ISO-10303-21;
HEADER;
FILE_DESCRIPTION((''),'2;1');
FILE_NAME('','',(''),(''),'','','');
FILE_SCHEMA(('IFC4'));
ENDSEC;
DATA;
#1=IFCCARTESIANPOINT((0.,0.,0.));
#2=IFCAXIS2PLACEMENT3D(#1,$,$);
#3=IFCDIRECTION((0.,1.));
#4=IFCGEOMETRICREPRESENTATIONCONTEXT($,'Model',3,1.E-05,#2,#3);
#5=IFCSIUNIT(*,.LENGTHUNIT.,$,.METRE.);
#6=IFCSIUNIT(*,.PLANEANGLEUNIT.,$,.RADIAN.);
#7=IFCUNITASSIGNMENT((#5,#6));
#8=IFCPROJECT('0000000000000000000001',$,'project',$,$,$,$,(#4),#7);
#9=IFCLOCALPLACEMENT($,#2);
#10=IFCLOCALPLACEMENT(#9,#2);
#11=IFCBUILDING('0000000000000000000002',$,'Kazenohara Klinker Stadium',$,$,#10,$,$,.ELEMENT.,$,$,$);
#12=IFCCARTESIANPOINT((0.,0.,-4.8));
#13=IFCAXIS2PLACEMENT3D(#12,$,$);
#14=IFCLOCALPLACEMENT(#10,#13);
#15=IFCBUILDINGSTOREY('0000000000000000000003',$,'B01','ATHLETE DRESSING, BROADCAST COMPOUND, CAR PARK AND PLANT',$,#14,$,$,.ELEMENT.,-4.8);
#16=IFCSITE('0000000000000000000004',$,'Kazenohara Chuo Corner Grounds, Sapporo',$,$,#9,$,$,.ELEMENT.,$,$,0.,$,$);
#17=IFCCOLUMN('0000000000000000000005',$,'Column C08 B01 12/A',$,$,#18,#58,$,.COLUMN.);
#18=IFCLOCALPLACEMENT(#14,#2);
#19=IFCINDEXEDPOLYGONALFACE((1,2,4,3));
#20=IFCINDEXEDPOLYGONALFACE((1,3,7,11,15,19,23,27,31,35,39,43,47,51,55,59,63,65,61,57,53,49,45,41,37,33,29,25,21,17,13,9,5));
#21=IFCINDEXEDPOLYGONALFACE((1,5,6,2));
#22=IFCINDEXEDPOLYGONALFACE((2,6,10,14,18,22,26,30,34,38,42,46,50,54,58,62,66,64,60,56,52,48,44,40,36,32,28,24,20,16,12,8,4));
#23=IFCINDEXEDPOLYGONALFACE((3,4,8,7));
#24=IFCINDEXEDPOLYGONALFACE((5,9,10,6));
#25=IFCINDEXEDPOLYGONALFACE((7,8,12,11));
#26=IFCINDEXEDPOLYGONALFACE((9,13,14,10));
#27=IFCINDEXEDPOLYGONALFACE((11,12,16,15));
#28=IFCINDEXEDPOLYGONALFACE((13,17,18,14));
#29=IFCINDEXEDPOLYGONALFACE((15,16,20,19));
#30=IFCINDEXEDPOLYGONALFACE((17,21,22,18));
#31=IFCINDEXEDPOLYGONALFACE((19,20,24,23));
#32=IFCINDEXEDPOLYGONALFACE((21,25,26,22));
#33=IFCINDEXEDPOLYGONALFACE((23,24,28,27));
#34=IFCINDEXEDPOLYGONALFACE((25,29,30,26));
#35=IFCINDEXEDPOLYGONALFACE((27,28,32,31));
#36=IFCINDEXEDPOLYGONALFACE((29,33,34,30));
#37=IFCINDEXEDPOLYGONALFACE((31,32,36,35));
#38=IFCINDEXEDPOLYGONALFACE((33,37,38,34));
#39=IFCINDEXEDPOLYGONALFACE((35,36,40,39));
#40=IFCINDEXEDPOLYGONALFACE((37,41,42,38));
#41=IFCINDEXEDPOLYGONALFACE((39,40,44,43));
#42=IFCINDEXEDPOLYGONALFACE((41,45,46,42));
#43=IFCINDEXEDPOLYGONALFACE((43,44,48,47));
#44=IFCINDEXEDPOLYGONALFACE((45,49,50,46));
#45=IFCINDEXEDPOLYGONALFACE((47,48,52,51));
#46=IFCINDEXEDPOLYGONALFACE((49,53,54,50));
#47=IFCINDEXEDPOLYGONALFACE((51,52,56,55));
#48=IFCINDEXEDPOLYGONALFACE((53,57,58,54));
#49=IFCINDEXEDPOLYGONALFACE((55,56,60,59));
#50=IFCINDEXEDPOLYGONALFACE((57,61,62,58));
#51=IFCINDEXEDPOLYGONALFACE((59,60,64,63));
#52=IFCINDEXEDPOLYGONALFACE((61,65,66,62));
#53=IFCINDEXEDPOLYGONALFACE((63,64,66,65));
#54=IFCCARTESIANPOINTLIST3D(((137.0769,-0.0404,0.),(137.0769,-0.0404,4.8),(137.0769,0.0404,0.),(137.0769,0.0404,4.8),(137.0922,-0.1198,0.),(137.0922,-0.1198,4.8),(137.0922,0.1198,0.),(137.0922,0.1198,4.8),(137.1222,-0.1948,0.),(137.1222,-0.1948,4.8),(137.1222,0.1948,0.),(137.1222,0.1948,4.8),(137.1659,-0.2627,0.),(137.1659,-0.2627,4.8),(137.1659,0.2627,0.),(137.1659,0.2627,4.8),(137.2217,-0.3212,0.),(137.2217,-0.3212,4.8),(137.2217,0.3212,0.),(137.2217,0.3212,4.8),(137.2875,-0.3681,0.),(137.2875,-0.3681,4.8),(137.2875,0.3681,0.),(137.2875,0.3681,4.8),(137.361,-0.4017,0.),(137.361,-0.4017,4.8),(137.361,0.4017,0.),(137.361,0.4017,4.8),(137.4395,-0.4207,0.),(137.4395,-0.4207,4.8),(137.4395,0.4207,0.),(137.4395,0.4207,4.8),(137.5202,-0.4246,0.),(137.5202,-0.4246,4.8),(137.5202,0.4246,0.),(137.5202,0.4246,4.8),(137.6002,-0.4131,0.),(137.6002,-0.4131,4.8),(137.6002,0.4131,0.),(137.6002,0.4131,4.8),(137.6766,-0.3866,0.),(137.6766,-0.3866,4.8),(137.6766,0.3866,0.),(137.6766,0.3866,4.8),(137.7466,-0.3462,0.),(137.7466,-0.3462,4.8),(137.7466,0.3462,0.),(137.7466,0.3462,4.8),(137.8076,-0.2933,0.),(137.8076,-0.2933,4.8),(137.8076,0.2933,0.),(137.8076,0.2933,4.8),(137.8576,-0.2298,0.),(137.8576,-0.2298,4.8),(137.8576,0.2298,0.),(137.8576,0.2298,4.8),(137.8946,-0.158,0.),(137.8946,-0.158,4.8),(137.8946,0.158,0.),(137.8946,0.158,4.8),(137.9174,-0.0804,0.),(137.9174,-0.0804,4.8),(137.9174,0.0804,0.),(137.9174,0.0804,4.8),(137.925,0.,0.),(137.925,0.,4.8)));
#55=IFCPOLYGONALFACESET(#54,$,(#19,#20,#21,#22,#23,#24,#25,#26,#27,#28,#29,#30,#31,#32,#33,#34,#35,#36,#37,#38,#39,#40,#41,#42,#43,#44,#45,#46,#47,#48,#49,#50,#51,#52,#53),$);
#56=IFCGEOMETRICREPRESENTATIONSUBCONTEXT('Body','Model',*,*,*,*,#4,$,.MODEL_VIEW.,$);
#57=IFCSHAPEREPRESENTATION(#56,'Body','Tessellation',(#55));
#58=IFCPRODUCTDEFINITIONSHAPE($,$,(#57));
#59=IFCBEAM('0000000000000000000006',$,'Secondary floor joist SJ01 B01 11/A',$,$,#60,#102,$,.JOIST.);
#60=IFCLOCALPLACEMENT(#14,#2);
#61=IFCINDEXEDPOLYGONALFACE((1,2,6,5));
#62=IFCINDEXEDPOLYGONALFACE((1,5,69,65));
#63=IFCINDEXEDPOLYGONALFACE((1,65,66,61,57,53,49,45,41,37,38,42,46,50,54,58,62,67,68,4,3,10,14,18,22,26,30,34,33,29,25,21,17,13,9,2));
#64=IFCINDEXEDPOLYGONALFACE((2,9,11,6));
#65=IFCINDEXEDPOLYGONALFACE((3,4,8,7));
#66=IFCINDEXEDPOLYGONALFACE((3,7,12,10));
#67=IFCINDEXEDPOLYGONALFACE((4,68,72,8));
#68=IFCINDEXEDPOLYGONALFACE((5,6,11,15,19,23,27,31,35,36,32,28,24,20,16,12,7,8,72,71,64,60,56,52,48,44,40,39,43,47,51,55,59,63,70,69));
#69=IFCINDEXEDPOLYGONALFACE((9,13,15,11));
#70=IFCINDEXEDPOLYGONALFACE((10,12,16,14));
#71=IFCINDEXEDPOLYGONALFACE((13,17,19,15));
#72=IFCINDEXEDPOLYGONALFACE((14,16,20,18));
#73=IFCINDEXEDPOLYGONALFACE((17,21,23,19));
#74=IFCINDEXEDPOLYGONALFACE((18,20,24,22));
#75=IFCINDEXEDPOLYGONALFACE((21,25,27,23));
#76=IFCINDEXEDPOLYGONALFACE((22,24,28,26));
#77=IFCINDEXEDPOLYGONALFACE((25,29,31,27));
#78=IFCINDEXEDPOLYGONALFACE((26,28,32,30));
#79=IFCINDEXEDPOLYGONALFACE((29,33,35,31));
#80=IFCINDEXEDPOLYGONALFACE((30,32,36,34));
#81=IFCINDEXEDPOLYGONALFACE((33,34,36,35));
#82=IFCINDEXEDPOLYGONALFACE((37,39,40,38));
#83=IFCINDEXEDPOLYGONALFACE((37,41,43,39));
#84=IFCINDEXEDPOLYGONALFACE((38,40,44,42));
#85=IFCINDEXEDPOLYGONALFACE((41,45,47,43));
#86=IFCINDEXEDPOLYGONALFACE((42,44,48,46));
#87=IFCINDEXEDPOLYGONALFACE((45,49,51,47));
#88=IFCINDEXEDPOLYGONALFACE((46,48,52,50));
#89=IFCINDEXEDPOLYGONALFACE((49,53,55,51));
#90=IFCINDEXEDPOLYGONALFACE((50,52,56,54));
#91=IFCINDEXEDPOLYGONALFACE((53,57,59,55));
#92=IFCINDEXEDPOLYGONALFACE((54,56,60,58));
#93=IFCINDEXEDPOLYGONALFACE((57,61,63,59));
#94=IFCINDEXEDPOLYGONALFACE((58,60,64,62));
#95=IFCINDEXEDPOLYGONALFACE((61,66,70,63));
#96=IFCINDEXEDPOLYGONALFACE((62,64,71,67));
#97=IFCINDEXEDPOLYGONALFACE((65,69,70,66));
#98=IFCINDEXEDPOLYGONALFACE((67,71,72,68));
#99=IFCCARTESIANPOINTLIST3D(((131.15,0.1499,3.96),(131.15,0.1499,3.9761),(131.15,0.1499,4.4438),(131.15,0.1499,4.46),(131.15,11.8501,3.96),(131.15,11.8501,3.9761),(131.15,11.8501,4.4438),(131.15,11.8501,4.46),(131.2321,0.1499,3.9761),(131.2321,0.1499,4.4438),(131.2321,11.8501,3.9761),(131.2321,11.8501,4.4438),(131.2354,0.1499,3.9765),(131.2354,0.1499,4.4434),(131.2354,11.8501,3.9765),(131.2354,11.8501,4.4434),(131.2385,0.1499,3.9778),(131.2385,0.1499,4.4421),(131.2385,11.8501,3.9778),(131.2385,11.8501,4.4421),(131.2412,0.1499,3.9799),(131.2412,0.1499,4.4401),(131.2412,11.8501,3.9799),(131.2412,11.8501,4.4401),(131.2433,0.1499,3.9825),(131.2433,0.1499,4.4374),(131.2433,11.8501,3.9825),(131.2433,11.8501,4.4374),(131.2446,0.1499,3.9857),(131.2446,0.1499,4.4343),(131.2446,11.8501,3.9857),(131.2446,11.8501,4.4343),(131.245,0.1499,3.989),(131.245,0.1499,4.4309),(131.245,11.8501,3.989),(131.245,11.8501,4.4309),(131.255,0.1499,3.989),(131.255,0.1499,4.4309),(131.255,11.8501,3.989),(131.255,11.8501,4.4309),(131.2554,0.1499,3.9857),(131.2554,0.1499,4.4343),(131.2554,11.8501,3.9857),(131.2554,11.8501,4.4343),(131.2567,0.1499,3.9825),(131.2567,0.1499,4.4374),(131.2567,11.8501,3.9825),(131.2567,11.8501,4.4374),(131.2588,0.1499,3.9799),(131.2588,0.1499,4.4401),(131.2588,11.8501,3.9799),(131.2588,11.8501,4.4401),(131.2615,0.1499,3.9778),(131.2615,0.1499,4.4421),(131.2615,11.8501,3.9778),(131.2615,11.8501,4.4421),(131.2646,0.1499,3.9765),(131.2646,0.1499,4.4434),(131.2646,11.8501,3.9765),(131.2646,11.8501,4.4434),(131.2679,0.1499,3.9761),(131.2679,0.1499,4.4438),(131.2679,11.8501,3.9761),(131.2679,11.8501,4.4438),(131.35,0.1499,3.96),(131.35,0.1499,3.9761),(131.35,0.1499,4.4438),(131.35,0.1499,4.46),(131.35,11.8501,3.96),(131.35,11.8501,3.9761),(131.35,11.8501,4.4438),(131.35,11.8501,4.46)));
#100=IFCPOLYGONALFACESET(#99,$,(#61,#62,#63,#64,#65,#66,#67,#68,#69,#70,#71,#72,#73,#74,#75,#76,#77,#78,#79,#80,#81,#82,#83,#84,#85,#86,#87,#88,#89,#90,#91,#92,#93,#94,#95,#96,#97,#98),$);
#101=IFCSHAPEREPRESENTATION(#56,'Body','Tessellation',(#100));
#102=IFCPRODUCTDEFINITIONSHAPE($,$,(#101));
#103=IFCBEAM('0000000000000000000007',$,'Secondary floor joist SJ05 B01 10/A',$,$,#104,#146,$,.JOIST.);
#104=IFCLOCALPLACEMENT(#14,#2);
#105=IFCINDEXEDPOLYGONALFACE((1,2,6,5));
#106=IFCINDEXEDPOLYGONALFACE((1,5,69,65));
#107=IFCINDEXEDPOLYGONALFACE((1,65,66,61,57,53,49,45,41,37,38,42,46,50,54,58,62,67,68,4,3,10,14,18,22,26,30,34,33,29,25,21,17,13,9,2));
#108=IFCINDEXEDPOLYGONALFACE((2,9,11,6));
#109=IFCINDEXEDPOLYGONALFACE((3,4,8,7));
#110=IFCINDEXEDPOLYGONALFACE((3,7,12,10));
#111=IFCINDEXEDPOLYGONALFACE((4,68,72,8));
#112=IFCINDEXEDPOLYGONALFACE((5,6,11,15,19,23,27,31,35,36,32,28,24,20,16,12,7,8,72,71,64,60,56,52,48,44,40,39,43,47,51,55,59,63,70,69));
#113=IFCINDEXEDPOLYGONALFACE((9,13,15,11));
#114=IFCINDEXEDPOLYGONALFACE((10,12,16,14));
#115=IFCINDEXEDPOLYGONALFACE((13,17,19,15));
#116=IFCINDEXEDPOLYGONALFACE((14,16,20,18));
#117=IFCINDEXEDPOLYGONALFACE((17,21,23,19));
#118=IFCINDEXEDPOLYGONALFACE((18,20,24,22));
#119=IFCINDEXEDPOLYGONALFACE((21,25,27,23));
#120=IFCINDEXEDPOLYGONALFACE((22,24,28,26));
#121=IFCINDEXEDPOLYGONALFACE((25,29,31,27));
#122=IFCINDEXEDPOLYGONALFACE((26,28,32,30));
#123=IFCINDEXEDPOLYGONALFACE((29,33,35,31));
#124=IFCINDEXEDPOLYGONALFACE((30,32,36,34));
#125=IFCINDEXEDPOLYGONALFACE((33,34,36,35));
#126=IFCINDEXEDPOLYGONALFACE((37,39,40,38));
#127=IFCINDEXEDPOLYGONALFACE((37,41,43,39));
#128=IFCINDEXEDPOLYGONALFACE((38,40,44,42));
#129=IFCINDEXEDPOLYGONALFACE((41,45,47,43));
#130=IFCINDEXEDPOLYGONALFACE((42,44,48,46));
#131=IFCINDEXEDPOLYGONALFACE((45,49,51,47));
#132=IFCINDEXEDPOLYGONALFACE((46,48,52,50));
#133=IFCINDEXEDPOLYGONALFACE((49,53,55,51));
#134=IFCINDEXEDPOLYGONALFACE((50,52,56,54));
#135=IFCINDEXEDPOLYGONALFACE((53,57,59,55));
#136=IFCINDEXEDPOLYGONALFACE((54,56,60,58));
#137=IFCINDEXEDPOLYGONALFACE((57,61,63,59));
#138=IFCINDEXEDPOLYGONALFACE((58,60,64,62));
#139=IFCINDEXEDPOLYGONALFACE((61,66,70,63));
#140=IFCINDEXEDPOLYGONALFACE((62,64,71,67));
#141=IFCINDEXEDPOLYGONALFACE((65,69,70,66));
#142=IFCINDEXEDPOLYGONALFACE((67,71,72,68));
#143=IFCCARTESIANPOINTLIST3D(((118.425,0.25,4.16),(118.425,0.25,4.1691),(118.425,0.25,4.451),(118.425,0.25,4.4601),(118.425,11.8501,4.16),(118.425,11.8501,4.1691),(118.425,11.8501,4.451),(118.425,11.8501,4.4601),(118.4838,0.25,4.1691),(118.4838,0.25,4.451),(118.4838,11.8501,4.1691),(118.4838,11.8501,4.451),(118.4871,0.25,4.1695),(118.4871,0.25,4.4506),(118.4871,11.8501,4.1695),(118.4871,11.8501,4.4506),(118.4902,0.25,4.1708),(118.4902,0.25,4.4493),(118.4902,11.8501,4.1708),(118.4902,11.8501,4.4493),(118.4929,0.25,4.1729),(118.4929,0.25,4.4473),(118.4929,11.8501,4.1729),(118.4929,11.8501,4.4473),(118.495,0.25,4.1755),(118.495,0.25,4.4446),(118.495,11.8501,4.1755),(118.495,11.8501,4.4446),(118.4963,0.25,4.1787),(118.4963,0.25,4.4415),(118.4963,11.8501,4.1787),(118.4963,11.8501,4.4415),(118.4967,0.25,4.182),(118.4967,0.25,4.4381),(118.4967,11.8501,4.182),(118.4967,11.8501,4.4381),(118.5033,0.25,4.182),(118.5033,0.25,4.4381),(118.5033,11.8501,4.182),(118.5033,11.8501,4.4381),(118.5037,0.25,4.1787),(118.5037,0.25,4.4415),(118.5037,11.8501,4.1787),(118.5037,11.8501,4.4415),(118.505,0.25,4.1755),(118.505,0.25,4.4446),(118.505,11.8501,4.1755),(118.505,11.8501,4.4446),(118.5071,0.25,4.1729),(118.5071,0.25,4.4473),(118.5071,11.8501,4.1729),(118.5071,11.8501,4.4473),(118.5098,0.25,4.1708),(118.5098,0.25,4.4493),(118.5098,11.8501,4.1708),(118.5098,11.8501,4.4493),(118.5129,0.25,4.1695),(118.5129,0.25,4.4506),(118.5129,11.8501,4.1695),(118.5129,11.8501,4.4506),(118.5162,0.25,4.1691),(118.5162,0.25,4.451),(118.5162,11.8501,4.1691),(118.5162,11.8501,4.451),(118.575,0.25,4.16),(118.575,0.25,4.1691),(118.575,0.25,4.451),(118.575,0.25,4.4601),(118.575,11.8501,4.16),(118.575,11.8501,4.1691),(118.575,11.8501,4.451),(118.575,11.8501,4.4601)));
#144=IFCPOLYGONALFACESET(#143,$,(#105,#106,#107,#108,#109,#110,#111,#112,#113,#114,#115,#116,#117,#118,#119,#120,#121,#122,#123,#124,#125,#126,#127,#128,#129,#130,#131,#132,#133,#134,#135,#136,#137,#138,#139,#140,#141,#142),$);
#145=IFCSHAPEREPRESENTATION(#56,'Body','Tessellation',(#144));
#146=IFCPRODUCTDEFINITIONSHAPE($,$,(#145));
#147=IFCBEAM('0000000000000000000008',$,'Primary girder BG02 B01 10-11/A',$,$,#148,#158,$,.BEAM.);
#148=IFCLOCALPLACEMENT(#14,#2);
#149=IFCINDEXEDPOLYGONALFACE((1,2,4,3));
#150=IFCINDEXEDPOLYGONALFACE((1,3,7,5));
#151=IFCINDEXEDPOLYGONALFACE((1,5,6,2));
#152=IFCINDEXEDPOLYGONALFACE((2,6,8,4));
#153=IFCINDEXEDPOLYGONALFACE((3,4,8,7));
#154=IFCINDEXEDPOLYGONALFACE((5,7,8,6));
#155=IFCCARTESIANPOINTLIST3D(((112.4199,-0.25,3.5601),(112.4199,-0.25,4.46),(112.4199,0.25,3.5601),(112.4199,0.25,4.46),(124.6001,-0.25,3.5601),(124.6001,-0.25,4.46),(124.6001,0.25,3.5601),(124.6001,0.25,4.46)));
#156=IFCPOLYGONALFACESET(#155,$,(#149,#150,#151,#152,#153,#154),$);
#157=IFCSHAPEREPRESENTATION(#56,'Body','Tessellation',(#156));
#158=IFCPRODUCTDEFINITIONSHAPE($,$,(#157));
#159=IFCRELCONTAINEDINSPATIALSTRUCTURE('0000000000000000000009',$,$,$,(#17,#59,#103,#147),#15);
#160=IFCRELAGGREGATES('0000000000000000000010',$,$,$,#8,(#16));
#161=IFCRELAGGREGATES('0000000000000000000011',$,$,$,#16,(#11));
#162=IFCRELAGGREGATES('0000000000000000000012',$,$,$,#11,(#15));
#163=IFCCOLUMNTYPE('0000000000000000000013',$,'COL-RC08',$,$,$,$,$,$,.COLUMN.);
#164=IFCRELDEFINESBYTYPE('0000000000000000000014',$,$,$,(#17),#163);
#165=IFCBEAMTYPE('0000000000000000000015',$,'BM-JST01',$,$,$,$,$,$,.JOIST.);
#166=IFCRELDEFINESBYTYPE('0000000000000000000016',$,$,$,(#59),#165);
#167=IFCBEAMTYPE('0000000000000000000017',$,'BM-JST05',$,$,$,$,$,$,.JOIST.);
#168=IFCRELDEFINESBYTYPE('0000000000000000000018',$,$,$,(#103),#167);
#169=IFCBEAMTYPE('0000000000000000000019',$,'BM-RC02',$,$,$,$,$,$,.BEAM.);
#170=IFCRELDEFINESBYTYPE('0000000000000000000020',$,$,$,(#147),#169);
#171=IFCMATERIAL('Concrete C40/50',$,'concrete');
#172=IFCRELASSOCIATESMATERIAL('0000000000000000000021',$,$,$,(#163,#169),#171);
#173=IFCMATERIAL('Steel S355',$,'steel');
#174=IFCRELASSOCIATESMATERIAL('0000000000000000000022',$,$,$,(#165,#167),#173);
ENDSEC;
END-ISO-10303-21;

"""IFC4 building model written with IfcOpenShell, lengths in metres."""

from ifc_helpers import new_model, si_unit, direction, frame, origin, origin_2d, place, context, subcontext, project, spatial, rectangle, circle, i_section, extrude, material, material_profile, profile_set, type_object, element, save


model = new_model("IFC4")

# Units and contexts
model_context = context("Model", 3, precision=1e-05, world=origin(), true_north=direction((0.0, 1.0)))
body_context = subcontext(model_context, "Body", "Model", "MODEL_VIEW")
ifc_project = project(units=[si_unit("LENGTHUNIT", "METRE"), si_unit("PLANEANGLEUNIT", "RADIAN")], contexts=[model_context])

# Site, building, storey
site_placement = place(None, origin())
site = spatial("IfcSite", under=ifc_project, at=site_placement, Name="Kazenohara Chuo Corner Grounds, Sapporo", CompositionType="ELEMENT", RefElevation=0.0)
building_placement = place(site_placement, origin())
building = spatial("IfcBuilding", under=site, at=building_placement, Name="Kazenohara Klinker Stadium", CompositionType="ELEMENT")
storey_placement = place(building_placement, frame((0.0, 0.0, -4.8)))
storey = spatial("IfcBuildingStorey", under=building, at=storey_placement, Name="B01", Description="ATHLETE DRESSING, BROADCAST COMPOUND, CAR PARK AND PLANT", CompositionType="ELEMENT", Elevation=-4.8)

# Column
ifc_material_1 = material(Name="Concrete C40/50", Category="concrete")
ifc_material_profile_1 = material_profile(ifc_material_1, circle(Radius=0.425, at=origin_2d()), Name="RC-COL-D850")
ifc_profile_set_1 = profile_set([ifc_material_profile_1], Name="Concrete C40/50")
column_type_1 = type_object("IfcColumnType", Name="COL-RC08", PredefinedType="COLUMN", material=ifc_profile_set_1)
column_1_placement = place(storey_placement, frame((137.5, 0.0, 0.0), z_axis=(0.0, 0.0, 1.0), x_axis=(1.0, 0.0, 0.0)))
element("IfcColumn", 1, at=column_1_placement, inside=storey, type_object=column_type_1, Name="Column C08 B01 12/A", PredefinedType="COLUMN", context=body_context, shape_type="SweptSolid", body=[
    extrude(circle(Radius=0.425, at=origin_2d()), origin(), (0.0, 0.0, 1.0), 4.8),
])

# Beams
ifc_material_2 = material(Name="Steel S355", Category="steel")
ifc_material_profile_2 = material_profile(ifc_material_2, i_section(OverallWidth=0.2, OverallDepth=0.5, WebThickness=0.01, FlangeThickness=0.0161, FilletRadius=0.0129, at=origin_2d()), Name="H-500x200x10x16")
ifc_profile_set_2 = profile_set([ifc_material_profile_2], Name="Steel S355")
beam_type_1 = type_object("IfcBeamType", Name="BM-JST01", PredefinedType="JOIST", material=ifc_profile_set_2)
beam_1_placement = place(storey_placement, frame((131.25, 0.1499, 4.21), z_axis=(0.0, 1.0, 0.0), x_axis=(-1.0, 0.0, 0.0)))
element("IfcBeam", 2, at=beam_1_placement, inside=storey, type_object=beam_type_1, Name="Secondary floor joist SJ01 B01 11/A", PredefinedType="JOIST", context=body_context, shape_type="SweptSolid", body=[
    extrude(i_section(OverallWidth=0.2, OverallDepth=0.5, WebThickness=0.01, FlangeThickness=0.0161, FilletRadius=0.0129, at=origin_2d()), origin(), (0.0, 0.0, 1.0), 11.7002),
])
ifc_material_profile_3 = material_profile(ifc_material_2, i_section(OverallWidth=0.1499, OverallDepth=0.3, WebThickness=0.0066, FlangeThickness=0.009, FilletRadius=0.0129, at=origin_2d()), Name="H-300x150x6.5x9")
ifc_profile_set_3 = profile_set([ifc_material_profile_3], Name="Steel S355")
beam_type_2 = type_object("IfcBeamType", Name="BM-JST05", PredefinedType="JOIST", material=ifc_profile_set_3)
beam_2_placement = place(storey_placement, frame((118.5, 0.25, 4.3101), z_axis=(0.0, 1.0, 0.0), x_axis=(-1.0, 0.0, 0.0)))
element("IfcBeam", 3, at=beam_2_placement, inside=storey, type_object=beam_type_2, Name="Secondary floor joist SJ05 B01 10/A", PredefinedType="JOIST", context=body_context, shape_type="SweptSolid", body=[
    extrude(i_section(OverallWidth=0.1499, OverallDepth=0.3, WebThickness=0.0066, FlangeThickness=0.009, FilletRadius=0.0129, at=origin_2d()), origin(), (0.0, 0.0, 1.0), 11.6001),
])
ifc_material_profile_4 = material_profile(ifc_material_1, rectangle(XDim=0.5, YDim=0.8999, at=origin_2d()), Name="RC-BM-500x900")
ifc_profile_set_4 = profile_set([ifc_material_profile_4], Name="Concrete C40/50")
beam_type_3 = type_object("IfcBeamType", Name="BM-RC02", PredefinedType="BEAM", material=ifc_profile_set_4)
beam_3_placement = place(storey_placement, frame((112.4199, 0.0, 4.01), z_axis=(1.0, 0.0, 0.0), x_axis=(0.0, 1.0, 0.0)))
element("IfcBeam", 4, at=beam_3_placement, inside=storey, type_object=beam_type_3, Name="Primary girder BG02 B01 10-11/A", PredefinedType="BEAM", context=body_context, shape_type="SweptSolid", body=[
    extrude(rectangle(XDim=0.5, YDim=0.8999, at=origin_2d()), origin(), (0.0, 0.0, 1.0), 12.1802),
])

save(model, "model.ifc")
